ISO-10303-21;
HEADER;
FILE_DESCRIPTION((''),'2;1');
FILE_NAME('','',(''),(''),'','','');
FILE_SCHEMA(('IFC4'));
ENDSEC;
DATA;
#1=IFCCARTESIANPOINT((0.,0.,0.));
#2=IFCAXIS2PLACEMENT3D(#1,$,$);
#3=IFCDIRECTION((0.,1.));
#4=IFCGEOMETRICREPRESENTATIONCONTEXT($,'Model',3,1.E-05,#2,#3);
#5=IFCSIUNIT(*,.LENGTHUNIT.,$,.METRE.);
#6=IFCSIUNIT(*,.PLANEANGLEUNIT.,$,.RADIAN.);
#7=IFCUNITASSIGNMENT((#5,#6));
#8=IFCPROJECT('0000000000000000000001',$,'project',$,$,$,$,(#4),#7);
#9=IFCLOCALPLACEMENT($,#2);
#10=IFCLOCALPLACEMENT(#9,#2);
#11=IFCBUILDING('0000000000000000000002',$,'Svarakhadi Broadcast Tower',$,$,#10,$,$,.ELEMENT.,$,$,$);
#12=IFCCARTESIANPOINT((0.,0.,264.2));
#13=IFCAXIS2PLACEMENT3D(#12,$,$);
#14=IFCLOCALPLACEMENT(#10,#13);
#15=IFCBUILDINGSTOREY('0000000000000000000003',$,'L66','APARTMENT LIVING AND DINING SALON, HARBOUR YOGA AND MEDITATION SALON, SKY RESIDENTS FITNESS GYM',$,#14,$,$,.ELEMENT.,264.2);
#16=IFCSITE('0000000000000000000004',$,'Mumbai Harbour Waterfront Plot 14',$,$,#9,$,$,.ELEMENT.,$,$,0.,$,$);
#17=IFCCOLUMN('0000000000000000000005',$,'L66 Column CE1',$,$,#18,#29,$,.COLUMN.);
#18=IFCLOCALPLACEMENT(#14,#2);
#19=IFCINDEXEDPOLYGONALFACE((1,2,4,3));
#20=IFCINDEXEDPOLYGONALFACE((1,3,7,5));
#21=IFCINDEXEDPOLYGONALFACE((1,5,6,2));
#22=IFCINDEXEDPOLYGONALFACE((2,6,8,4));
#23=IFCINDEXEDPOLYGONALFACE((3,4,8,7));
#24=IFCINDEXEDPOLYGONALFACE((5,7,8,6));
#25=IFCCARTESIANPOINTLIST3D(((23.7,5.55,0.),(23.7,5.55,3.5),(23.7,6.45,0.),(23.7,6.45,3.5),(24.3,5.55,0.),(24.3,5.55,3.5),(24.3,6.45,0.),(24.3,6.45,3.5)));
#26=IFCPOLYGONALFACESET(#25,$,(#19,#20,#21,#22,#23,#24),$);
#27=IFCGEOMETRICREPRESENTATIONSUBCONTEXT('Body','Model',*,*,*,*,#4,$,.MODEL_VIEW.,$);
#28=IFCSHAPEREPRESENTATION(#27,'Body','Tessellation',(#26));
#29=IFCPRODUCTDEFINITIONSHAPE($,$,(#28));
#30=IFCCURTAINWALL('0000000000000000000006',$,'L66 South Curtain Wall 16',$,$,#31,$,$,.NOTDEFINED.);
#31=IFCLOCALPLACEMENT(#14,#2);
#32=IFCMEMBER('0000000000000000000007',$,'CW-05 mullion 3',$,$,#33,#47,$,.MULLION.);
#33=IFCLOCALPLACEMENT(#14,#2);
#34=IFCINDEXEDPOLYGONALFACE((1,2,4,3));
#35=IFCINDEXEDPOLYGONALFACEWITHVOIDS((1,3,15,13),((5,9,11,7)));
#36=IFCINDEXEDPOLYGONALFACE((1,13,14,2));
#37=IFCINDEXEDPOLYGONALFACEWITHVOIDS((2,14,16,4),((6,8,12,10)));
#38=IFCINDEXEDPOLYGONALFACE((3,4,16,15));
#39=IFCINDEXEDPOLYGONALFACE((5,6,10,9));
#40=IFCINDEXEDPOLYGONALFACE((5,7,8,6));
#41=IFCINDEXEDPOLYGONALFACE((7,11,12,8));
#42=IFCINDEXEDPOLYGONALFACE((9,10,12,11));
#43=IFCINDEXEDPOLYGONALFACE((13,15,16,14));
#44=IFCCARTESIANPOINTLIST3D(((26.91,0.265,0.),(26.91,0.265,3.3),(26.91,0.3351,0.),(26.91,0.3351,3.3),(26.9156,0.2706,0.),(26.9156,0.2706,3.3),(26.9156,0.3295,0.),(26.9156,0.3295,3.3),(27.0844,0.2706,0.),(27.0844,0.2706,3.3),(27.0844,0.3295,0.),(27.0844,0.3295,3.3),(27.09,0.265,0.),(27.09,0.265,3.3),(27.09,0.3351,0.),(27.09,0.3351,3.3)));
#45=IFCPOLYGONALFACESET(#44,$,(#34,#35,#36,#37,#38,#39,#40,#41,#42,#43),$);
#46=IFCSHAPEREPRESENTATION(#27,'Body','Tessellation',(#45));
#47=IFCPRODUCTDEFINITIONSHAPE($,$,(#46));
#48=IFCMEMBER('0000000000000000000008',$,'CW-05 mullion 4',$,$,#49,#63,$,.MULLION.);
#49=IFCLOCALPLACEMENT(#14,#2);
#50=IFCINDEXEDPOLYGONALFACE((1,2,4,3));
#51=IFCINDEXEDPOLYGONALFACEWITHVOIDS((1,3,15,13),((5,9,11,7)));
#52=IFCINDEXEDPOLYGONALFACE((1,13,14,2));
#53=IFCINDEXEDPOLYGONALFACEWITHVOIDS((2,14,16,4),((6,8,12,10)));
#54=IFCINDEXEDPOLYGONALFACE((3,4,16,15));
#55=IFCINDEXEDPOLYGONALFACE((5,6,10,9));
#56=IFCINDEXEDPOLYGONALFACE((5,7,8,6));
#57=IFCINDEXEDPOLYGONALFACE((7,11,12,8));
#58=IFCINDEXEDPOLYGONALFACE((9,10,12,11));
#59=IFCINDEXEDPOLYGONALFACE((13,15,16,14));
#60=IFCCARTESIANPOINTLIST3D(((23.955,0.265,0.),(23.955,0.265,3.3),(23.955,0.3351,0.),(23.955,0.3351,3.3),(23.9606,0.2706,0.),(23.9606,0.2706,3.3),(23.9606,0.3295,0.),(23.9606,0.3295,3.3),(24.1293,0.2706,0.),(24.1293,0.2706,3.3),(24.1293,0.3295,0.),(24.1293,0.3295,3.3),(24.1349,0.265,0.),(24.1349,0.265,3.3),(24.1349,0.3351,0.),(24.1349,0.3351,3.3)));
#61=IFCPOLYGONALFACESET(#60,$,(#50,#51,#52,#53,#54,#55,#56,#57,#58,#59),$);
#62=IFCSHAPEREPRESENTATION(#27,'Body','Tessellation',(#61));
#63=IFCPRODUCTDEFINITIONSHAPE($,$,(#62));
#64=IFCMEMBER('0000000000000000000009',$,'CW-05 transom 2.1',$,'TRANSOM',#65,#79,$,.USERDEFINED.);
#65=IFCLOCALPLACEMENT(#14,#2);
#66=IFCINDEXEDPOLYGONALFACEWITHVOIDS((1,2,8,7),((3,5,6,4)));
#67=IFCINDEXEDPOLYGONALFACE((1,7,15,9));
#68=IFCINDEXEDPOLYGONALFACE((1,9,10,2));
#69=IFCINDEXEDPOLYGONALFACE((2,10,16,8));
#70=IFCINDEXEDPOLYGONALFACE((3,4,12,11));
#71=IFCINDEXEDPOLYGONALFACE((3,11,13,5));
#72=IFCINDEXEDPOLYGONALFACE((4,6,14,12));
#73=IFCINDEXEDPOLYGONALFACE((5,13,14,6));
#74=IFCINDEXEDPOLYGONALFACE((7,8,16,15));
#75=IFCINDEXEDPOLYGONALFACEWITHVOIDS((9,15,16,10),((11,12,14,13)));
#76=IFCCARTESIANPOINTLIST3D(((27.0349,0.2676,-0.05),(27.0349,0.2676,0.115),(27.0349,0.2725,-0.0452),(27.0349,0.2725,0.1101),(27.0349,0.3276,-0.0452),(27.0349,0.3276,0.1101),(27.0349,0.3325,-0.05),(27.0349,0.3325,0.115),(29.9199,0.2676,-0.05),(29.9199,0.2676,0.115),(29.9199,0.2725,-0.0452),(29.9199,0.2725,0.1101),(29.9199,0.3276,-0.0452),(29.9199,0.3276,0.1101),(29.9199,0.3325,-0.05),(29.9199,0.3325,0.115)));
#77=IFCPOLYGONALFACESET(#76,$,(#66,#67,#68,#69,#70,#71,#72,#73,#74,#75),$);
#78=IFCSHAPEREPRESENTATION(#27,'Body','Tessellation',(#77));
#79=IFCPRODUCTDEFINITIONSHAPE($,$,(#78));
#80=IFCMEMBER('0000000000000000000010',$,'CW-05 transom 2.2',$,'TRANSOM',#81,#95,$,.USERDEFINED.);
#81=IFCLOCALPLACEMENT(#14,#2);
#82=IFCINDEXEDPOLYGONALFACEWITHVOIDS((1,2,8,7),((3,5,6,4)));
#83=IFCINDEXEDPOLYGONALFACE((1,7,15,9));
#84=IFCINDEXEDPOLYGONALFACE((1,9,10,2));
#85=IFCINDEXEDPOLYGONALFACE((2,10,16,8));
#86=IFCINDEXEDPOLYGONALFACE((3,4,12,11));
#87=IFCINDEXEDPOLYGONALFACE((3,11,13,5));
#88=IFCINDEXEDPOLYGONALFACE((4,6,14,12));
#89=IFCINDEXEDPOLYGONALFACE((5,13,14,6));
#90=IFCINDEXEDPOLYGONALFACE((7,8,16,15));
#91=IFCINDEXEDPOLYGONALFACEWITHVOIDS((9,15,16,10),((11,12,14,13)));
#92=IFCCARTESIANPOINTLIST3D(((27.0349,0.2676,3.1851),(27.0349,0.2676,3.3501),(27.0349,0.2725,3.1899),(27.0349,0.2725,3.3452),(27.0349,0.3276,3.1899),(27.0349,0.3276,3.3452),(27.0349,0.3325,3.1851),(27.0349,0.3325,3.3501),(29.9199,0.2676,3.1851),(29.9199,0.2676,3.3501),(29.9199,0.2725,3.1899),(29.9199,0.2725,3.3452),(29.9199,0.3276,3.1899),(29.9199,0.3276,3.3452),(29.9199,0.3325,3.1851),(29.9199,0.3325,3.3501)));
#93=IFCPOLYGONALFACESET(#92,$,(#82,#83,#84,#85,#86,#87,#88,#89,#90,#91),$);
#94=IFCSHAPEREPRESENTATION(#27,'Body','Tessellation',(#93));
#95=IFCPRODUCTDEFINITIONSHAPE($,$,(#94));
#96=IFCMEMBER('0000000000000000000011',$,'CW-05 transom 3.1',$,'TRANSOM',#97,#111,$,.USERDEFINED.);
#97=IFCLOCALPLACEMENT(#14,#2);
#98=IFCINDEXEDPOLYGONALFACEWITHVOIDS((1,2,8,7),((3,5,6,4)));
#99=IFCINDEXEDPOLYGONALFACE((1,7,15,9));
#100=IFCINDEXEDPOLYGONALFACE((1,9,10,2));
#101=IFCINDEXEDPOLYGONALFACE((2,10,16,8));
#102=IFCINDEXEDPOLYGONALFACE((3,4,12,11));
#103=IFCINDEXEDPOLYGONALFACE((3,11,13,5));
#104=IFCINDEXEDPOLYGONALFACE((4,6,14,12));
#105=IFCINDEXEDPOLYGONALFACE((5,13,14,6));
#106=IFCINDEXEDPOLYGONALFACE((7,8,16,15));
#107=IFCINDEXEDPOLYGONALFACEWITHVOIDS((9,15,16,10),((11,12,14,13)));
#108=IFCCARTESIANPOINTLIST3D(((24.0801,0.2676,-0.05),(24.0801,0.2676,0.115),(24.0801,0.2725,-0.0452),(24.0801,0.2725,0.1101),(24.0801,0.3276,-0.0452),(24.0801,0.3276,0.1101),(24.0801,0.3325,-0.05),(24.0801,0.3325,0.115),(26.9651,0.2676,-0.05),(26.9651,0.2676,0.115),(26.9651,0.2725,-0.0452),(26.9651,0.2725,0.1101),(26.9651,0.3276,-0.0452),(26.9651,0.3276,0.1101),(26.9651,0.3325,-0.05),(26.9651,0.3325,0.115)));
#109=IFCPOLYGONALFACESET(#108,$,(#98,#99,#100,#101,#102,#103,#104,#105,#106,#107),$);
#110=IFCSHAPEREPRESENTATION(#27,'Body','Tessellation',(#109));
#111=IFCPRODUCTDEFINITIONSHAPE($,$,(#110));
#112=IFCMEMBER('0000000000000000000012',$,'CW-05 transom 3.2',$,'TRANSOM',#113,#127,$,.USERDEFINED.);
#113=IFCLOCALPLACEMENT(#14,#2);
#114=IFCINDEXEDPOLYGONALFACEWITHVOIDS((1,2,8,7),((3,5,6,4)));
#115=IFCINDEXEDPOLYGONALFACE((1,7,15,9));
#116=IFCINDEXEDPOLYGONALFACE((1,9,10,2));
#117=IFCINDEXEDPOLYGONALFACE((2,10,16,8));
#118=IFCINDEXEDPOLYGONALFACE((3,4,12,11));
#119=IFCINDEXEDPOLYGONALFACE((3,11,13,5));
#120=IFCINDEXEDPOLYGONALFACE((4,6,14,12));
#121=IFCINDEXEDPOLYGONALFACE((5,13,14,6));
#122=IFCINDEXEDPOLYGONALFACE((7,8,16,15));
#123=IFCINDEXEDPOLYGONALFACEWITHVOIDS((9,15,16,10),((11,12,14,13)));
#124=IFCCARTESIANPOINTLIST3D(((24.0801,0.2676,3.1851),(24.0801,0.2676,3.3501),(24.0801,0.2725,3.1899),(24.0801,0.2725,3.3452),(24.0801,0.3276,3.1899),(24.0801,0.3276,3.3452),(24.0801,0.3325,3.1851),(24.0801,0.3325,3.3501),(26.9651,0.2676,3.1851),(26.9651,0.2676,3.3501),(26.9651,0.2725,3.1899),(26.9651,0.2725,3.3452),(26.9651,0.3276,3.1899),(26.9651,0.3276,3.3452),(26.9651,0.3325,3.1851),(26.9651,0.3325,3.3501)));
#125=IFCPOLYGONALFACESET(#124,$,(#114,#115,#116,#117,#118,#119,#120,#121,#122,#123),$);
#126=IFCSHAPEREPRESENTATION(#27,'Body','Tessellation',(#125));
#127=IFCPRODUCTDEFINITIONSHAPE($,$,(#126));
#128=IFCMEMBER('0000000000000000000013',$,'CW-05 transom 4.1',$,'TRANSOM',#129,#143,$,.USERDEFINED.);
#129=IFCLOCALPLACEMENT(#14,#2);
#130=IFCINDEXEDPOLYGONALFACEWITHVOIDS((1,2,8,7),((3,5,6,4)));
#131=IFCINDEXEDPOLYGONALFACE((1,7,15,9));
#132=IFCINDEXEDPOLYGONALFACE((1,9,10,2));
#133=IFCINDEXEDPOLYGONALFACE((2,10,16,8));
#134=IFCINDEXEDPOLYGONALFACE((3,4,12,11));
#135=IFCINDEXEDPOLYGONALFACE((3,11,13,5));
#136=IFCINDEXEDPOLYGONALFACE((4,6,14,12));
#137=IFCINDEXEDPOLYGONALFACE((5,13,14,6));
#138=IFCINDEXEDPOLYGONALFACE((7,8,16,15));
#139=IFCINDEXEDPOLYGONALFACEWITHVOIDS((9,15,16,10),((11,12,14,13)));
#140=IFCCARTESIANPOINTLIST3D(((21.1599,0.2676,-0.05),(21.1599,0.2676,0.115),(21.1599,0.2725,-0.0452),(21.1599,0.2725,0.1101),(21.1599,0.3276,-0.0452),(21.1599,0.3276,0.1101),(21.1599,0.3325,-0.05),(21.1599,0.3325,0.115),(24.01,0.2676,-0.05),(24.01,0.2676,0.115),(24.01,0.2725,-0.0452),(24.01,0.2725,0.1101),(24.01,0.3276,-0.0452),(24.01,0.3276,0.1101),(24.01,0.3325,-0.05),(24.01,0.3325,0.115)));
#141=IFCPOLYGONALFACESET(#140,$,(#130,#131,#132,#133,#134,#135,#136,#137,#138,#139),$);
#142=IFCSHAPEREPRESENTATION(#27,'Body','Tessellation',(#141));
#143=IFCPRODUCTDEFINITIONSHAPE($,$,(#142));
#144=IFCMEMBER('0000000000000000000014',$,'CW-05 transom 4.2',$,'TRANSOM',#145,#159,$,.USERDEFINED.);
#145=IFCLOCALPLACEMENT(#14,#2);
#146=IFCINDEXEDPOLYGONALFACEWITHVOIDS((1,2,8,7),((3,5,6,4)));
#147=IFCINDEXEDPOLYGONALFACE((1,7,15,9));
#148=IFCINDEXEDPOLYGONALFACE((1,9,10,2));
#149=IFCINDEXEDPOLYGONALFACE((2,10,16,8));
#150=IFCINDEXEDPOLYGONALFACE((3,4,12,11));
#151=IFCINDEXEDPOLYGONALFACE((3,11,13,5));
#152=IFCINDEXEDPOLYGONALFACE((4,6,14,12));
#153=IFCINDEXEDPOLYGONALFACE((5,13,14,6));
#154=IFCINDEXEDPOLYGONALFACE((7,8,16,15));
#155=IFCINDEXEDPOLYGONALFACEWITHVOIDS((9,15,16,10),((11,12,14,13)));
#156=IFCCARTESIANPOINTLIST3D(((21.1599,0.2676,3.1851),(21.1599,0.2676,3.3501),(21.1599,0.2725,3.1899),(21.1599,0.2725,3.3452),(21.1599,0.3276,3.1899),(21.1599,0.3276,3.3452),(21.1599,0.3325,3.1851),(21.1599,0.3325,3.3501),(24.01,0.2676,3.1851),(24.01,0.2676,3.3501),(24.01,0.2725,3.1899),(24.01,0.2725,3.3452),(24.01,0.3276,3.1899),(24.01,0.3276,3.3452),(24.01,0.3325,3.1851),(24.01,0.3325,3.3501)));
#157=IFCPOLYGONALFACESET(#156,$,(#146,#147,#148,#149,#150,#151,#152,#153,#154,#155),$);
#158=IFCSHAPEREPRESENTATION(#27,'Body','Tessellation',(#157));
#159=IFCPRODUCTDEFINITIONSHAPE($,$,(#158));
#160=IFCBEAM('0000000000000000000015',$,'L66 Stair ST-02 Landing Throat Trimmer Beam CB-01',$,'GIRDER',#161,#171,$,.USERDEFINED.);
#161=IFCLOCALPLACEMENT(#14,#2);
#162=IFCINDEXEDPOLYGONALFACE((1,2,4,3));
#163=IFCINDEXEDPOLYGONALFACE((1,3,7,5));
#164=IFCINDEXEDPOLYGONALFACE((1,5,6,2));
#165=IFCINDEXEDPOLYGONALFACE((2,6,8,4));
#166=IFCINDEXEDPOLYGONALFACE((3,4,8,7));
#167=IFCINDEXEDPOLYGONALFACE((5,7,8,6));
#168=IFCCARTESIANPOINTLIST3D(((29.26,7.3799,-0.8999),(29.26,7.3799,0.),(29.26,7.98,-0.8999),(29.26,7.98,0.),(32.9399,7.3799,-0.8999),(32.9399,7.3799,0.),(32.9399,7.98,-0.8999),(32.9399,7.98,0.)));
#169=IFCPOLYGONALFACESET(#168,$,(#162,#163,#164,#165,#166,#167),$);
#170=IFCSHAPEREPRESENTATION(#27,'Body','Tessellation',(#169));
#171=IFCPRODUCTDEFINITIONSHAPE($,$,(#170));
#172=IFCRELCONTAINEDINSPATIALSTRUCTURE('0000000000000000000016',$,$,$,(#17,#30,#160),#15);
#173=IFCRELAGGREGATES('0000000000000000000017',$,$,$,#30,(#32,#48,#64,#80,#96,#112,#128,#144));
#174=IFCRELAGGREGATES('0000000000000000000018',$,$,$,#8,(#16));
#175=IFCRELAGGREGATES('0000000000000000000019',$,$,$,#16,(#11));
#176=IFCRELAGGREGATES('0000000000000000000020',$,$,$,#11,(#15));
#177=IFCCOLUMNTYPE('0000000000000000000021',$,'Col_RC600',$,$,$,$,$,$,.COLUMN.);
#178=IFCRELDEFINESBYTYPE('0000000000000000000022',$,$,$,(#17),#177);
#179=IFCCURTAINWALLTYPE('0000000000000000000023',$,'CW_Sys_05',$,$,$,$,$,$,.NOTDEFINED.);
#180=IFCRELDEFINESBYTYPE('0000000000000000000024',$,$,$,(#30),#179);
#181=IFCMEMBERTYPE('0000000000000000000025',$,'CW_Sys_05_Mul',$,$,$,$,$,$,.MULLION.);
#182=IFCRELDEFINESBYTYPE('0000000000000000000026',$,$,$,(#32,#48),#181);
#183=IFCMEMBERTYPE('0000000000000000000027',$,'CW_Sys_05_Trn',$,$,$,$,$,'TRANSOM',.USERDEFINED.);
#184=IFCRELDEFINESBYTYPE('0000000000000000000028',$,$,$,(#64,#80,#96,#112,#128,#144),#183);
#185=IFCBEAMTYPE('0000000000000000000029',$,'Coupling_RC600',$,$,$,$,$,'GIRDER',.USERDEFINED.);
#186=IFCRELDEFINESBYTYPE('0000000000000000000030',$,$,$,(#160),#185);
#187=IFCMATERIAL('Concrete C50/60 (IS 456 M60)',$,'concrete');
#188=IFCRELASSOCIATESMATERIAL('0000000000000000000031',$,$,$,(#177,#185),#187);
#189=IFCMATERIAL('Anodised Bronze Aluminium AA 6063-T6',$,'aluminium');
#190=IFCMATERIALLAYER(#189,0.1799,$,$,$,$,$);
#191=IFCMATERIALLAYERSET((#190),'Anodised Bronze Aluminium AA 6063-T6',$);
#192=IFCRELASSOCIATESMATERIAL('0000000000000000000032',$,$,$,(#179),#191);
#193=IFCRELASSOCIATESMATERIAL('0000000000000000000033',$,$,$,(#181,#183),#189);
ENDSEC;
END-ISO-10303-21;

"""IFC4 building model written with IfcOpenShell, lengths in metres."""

from ifc_helpers import new_model, si_unit, direction, frame, origin, origin_2d, place, context, subcontext, project, spatial, rectangle, hollow_rectangle, extrude, material, layer, layer_set, material_profile, profile_set, type_object, element, aggregate, save


model = new_model("IFC4")

# Units and contexts
model_context = context("Model", 3, precision=1e-05, world=origin(), true_north=direction((0.0, 1.0)))
body_context = subcontext(model_context, "Body", "Model", "MODEL_VIEW")
ifc_project = project(units=[si_unit("LENGTHUNIT", "METRE"), si_unit("PLANEANGLEUNIT", "RADIAN")], contexts=[model_context])

# Site, building, storey
site_placement = place(None, origin())
site = spatial("IfcSite", under=ifc_project, at=site_placement, Name="Mumbai Harbour Waterfront Plot 14", CompositionType="ELEMENT", RefElevation=0.0)
building_placement = place(site_placement, origin())
building = spatial("IfcBuilding", under=site, at=building_placement, Name="Svarakhadi Broadcast Tower", CompositionType="ELEMENT")
storey_placement = place(building_placement, frame((0.0, 0.0, 264.2)))
storey = spatial("IfcBuildingStorey", under=building, at=storey_placement, Name="L66", Description="APARTMENT LIVING AND DINING SALON, HARBOUR YOGA AND MEDITATION SALON, SKY RESIDENTS FITNESS GYM", CompositionType="ELEMENT", Elevation=264.2)

# Column
ifc_material_1 = material(Name="Concrete C50/60 (IS 456 M60)", Category="concrete")
ifc_material_profile_1 = material_profile(ifc_material_1, rectangle(XDim=0.6001, YDim=0.8999, at=origin_2d()), Name="RC 600x900")
ifc_profile_set_1 = profile_set([ifc_material_profile_1], Name="Concrete C50/60 (IS 456 M60)")
column_type = type_object("IfcColumnType", Name="Col_RC600", PredefinedType="COLUMN", material=ifc_profile_set_1)
column_placement = place(storey_placement, frame((24.0, 6.0, 0.0), z_axis=(0.0, 0.0, 1.0), x_axis=(1.0, 0.0, 0.0)))
element("IfcColumn", 1, at=column_placement, inside=storey, type_object=column_type, Name="L66 Column CE1", PredefinedType="COLUMN", context=body_context, shape_type="SweptSolid", body=[
    extrude(rectangle(XDim=0.6001, YDim=0.8999, at=origin_2d()), origin(), (0.0, 0.0, 1.0), 3.5),
])

# Curtain wall, members
ifc_material_2 = material(Name="Anodised Bronze Aluminium AA 6063-T6", Category="aluminium")
ifc_layer_1 = layer(ifc_material_2, 0.1799)
ifc_layer_set_1 = layer_set([ifc_layer_1], Name="Anodised Bronze Aluminium AA 6063-T6")
curtain_wall_type = type_object("IfcCurtainWallType", Name="CW_Sys_05", PredefinedType="NOTDEFINED", material=ifc_layer_set_1)
curtain_wall_placement = place(storey_placement, origin())
curtain_wall = element("IfcCurtainWall", 2, at=curtain_wall_placement, inside=storey, type_object=curtain_wall_type, Name="L66 South Curtain Wall 16", PredefinedType="NOTDEFINED")
ifc_material_profile_2 = material_profile(ifc_material_2, hollow_rectangle(XDim=0.0701, YDim=0.1799, WallThickness=0.0056, at=origin_2d()), Name="ALU MULLION 180x70x6")
ifc_profile_set_2 = profile_set([ifc_material_profile_2], Name="Anodised Bronze Aluminium AA 6063-T6")
member_type_1 = type_object("IfcMemberType", Name="CW_Sys_05_Mul", PredefinedType="MULLION", material=ifc_profile_set_2)
member_1_placement = place(storey_placement, frame((27.0, 0.3, 0.0), z_axis=(0.0, 0.0, 1.0), x_axis=(0.0, -1.0, 0.0)))
member_1 = element("IfcMember", 3, at=member_1_placement, type_object=member_type_1, Name="CW-05 mullion 3", PredefinedType="MULLION", context=body_context, shape_type="SweptSolid", body=[
    extrude(hollow_rectangle(XDim=0.0701, YDim=0.1799, WallThickness=0.0056, at=origin_2d()), origin(), (0.0, 0.0, 1.0), 3.3),
])
member_2_placement = place(storey_placement, frame((24.0449, 0.3, 0.0), z_axis=(0.0, 0.0, 1.0), x_axis=(0.0, -1.0, 0.0)))
member_2 = element("IfcMember", 4, at=member_2_placement, type_object=member_type_1, Name="CW-05 mullion 4", PredefinedType="MULLION", context=body_context, shape_type="SweptSolid", body=[
    extrude(hollow_rectangle(XDim=0.0701, YDim=0.1799, WallThickness=0.0056, at=origin_2d()), origin(), (0.0, 0.0, 1.0), 3.3),
])
ifc_material_profile_3 = material_profile(ifc_material_2, hollow_rectangle(XDim=0.0649, YDim=0.165, WallThickness=0.0049, at=origin_2d()), Name="ALU TRANSOM 165x65x5")
ifc_profile_set_3 = profile_set([ifc_material_profile_3], Name="Anodised Bronze Aluminium AA 6063-T6")
member_type_2 = type_object("IfcMemberType", Name="CW_Sys_05_Trn", ElementType="TRANSOM", PredefinedType="USERDEFINED", material=ifc_profile_set_3)
member_3_placement = place(storey_placement, frame((29.9199, 0.3, 0.0325), z_axis=(-1.0, 0.0, 0.0), x_axis=(0.0, -1.0, 0.0)))
member_3 = element("IfcMember", 5, at=member_3_placement, type_object=member_type_2, Name="CW-05 transom 2.1", ObjectType="TRANSOM", PredefinedType="USERDEFINED", context=body_context, shape_type="SweptSolid", body=[
    extrude(hollow_rectangle(XDim=0.0649, YDim=0.165, WallThickness=0.0049, at=origin_2d()), origin(), (0.0, 0.0, 1.0), 2.885),
])
member_4_placement = place(storey_placement, frame((29.9199, 0.3, 3.2676), z_axis=(-1.0, 0.0, 0.0), x_axis=(0.0, -1.0, 0.0)))
member_4 = element("IfcMember", 6, at=member_4_placement, type_object=member_type_2, Name="CW-05 transom 2.2", ObjectType="TRANSOM", PredefinedType="USERDEFINED", context=body_context, shape_type="SweptSolid", body=[
    extrude(hollow_rectangle(XDim=0.0649, YDim=0.165, WallThickness=0.0049, at=origin_2d()), origin(), (0.0, 0.0, 1.0), 2.885),
])
member_5_placement = place(storey_placement, frame((26.9651, 0.3, 0.0325), z_axis=(-1.0, 0.0, 0.0), x_axis=(0.0, -1.0, 0.0)))
member_5 = element("IfcMember", 7, at=member_5_placement, type_object=member_type_2, Name="CW-05 transom 3.1", ObjectType="TRANSOM", PredefinedType="USERDEFINED", context=body_context, shape_type="SweptSolid", body=[
    extrude(hollow_rectangle(XDim=0.0649, YDim=0.165, WallThickness=0.0049, at=origin_2d()), origin(), (0.0, 0.0, 1.0), 2.885),
])
member_6_placement = place(storey_placement, frame((26.9651, 0.3, 3.2676), z_axis=(-1.0, 0.0, 0.0), x_axis=(0.0, -1.0, 0.0)))
member_6 = element("IfcMember", 8, at=member_6_placement, type_object=member_type_2, Name="CW-05 transom 3.2", ObjectType="TRANSOM", PredefinedType="USERDEFINED", context=body_context, shape_type="SweptSolid", body=[
    extrude(hollow_rectangle(XDim=0.0649, YDim=0.165, WallThickness=0.0049, at=origin_2d()), origin(), (0.0, 0.0, 1.0), 2.885),
])
member_7_placement = place(storey_placement, frame((24.01, 0.3, 0.0325), z_axis=(-1.0, 0.0, 0.0), x_axis=(0.0, -1.0, 0.0)))
member_7 = element("IfcMember", 9, at=member_7_placement, type_object=member_type_2, Name="CW-05 transom 4.1", ObjectType="TRANSOM", PredefinedType="USERDEFINED", context=body_context, shape_type="SweptSolid", body=[
    extrude(hollow_rectangle(XDim=0.0649, YDim=0.165, WallThickness=0.0049, at=origin_2d()), origin(), (0.0, 0.0, 1.0), 2.8501),
])
member_8_placement = place(storey_placement, frame((24.01, 0.3, 3.2676), z_axis=(-1.0, 0.0, 0.0), x_axis=(0.0, -1.0, 0.0)))
member_8 = element("IfcMember", 10, at=member_8_placement, type_object=member_type_2, Name="CW-05 transom 4.2", ObjectType="TRANSOM", PredefinedType="USERDEFINED", context=body_context, shape_type="SweptSolid", body=[
    extrude(hollow_rectangle(XDim=0.0649, YDim=0.165, WallThickness=0.0049, at=origin_2d()), origin(), (0.0, 0.0, 1.0), 2.8501),
])

# Beam
ifc_material_profile_4 = material_profile(ifc_material_1, rectangle(XDim=0.6001, YDim=0.8999, at=origin_2d()), Name="RC 600x900")
ifc_profile_set_4 = profile_set([ifc_material_profile_4], Name="Concrete C50/60 (IS 456 M60)")
beam_type_1 = type_object("IfcBeamType", Name="Coupling_RC600", ElementType="GIRDER", PredefinedType="USERDEFINED", material=ifc_profile_set_4)
beam_1_placement = place(storey_placement, frame((29.26, 7.6799, -0.45), z_axis=(1.0, 0.0, 0.0), x_axis=(0.0, 1.0, 0.0)))
element("IfcBeam", 11, at=beam_1_placement, inside=storey, type_object=beam_type_1, Name="L66 Stair ST-02 Landing Throat Trimmer Beam CB-01", ObjectType="GIRDER", PredefinedType="USERDEFINED", context=body_context, shape_type="SweptSolid", body=[
    extrude(rectangle(XDim=0.6001, YDim=0.8999, at=origin_2d()), origin(), (0.0, 0.0, 1.0), 3.6799),
])

aggregate(curtain_wall, [member_1, member_2, member_3, member_4, member_5, member_6, member_7, member_8])

save(model, "model.ifc")
